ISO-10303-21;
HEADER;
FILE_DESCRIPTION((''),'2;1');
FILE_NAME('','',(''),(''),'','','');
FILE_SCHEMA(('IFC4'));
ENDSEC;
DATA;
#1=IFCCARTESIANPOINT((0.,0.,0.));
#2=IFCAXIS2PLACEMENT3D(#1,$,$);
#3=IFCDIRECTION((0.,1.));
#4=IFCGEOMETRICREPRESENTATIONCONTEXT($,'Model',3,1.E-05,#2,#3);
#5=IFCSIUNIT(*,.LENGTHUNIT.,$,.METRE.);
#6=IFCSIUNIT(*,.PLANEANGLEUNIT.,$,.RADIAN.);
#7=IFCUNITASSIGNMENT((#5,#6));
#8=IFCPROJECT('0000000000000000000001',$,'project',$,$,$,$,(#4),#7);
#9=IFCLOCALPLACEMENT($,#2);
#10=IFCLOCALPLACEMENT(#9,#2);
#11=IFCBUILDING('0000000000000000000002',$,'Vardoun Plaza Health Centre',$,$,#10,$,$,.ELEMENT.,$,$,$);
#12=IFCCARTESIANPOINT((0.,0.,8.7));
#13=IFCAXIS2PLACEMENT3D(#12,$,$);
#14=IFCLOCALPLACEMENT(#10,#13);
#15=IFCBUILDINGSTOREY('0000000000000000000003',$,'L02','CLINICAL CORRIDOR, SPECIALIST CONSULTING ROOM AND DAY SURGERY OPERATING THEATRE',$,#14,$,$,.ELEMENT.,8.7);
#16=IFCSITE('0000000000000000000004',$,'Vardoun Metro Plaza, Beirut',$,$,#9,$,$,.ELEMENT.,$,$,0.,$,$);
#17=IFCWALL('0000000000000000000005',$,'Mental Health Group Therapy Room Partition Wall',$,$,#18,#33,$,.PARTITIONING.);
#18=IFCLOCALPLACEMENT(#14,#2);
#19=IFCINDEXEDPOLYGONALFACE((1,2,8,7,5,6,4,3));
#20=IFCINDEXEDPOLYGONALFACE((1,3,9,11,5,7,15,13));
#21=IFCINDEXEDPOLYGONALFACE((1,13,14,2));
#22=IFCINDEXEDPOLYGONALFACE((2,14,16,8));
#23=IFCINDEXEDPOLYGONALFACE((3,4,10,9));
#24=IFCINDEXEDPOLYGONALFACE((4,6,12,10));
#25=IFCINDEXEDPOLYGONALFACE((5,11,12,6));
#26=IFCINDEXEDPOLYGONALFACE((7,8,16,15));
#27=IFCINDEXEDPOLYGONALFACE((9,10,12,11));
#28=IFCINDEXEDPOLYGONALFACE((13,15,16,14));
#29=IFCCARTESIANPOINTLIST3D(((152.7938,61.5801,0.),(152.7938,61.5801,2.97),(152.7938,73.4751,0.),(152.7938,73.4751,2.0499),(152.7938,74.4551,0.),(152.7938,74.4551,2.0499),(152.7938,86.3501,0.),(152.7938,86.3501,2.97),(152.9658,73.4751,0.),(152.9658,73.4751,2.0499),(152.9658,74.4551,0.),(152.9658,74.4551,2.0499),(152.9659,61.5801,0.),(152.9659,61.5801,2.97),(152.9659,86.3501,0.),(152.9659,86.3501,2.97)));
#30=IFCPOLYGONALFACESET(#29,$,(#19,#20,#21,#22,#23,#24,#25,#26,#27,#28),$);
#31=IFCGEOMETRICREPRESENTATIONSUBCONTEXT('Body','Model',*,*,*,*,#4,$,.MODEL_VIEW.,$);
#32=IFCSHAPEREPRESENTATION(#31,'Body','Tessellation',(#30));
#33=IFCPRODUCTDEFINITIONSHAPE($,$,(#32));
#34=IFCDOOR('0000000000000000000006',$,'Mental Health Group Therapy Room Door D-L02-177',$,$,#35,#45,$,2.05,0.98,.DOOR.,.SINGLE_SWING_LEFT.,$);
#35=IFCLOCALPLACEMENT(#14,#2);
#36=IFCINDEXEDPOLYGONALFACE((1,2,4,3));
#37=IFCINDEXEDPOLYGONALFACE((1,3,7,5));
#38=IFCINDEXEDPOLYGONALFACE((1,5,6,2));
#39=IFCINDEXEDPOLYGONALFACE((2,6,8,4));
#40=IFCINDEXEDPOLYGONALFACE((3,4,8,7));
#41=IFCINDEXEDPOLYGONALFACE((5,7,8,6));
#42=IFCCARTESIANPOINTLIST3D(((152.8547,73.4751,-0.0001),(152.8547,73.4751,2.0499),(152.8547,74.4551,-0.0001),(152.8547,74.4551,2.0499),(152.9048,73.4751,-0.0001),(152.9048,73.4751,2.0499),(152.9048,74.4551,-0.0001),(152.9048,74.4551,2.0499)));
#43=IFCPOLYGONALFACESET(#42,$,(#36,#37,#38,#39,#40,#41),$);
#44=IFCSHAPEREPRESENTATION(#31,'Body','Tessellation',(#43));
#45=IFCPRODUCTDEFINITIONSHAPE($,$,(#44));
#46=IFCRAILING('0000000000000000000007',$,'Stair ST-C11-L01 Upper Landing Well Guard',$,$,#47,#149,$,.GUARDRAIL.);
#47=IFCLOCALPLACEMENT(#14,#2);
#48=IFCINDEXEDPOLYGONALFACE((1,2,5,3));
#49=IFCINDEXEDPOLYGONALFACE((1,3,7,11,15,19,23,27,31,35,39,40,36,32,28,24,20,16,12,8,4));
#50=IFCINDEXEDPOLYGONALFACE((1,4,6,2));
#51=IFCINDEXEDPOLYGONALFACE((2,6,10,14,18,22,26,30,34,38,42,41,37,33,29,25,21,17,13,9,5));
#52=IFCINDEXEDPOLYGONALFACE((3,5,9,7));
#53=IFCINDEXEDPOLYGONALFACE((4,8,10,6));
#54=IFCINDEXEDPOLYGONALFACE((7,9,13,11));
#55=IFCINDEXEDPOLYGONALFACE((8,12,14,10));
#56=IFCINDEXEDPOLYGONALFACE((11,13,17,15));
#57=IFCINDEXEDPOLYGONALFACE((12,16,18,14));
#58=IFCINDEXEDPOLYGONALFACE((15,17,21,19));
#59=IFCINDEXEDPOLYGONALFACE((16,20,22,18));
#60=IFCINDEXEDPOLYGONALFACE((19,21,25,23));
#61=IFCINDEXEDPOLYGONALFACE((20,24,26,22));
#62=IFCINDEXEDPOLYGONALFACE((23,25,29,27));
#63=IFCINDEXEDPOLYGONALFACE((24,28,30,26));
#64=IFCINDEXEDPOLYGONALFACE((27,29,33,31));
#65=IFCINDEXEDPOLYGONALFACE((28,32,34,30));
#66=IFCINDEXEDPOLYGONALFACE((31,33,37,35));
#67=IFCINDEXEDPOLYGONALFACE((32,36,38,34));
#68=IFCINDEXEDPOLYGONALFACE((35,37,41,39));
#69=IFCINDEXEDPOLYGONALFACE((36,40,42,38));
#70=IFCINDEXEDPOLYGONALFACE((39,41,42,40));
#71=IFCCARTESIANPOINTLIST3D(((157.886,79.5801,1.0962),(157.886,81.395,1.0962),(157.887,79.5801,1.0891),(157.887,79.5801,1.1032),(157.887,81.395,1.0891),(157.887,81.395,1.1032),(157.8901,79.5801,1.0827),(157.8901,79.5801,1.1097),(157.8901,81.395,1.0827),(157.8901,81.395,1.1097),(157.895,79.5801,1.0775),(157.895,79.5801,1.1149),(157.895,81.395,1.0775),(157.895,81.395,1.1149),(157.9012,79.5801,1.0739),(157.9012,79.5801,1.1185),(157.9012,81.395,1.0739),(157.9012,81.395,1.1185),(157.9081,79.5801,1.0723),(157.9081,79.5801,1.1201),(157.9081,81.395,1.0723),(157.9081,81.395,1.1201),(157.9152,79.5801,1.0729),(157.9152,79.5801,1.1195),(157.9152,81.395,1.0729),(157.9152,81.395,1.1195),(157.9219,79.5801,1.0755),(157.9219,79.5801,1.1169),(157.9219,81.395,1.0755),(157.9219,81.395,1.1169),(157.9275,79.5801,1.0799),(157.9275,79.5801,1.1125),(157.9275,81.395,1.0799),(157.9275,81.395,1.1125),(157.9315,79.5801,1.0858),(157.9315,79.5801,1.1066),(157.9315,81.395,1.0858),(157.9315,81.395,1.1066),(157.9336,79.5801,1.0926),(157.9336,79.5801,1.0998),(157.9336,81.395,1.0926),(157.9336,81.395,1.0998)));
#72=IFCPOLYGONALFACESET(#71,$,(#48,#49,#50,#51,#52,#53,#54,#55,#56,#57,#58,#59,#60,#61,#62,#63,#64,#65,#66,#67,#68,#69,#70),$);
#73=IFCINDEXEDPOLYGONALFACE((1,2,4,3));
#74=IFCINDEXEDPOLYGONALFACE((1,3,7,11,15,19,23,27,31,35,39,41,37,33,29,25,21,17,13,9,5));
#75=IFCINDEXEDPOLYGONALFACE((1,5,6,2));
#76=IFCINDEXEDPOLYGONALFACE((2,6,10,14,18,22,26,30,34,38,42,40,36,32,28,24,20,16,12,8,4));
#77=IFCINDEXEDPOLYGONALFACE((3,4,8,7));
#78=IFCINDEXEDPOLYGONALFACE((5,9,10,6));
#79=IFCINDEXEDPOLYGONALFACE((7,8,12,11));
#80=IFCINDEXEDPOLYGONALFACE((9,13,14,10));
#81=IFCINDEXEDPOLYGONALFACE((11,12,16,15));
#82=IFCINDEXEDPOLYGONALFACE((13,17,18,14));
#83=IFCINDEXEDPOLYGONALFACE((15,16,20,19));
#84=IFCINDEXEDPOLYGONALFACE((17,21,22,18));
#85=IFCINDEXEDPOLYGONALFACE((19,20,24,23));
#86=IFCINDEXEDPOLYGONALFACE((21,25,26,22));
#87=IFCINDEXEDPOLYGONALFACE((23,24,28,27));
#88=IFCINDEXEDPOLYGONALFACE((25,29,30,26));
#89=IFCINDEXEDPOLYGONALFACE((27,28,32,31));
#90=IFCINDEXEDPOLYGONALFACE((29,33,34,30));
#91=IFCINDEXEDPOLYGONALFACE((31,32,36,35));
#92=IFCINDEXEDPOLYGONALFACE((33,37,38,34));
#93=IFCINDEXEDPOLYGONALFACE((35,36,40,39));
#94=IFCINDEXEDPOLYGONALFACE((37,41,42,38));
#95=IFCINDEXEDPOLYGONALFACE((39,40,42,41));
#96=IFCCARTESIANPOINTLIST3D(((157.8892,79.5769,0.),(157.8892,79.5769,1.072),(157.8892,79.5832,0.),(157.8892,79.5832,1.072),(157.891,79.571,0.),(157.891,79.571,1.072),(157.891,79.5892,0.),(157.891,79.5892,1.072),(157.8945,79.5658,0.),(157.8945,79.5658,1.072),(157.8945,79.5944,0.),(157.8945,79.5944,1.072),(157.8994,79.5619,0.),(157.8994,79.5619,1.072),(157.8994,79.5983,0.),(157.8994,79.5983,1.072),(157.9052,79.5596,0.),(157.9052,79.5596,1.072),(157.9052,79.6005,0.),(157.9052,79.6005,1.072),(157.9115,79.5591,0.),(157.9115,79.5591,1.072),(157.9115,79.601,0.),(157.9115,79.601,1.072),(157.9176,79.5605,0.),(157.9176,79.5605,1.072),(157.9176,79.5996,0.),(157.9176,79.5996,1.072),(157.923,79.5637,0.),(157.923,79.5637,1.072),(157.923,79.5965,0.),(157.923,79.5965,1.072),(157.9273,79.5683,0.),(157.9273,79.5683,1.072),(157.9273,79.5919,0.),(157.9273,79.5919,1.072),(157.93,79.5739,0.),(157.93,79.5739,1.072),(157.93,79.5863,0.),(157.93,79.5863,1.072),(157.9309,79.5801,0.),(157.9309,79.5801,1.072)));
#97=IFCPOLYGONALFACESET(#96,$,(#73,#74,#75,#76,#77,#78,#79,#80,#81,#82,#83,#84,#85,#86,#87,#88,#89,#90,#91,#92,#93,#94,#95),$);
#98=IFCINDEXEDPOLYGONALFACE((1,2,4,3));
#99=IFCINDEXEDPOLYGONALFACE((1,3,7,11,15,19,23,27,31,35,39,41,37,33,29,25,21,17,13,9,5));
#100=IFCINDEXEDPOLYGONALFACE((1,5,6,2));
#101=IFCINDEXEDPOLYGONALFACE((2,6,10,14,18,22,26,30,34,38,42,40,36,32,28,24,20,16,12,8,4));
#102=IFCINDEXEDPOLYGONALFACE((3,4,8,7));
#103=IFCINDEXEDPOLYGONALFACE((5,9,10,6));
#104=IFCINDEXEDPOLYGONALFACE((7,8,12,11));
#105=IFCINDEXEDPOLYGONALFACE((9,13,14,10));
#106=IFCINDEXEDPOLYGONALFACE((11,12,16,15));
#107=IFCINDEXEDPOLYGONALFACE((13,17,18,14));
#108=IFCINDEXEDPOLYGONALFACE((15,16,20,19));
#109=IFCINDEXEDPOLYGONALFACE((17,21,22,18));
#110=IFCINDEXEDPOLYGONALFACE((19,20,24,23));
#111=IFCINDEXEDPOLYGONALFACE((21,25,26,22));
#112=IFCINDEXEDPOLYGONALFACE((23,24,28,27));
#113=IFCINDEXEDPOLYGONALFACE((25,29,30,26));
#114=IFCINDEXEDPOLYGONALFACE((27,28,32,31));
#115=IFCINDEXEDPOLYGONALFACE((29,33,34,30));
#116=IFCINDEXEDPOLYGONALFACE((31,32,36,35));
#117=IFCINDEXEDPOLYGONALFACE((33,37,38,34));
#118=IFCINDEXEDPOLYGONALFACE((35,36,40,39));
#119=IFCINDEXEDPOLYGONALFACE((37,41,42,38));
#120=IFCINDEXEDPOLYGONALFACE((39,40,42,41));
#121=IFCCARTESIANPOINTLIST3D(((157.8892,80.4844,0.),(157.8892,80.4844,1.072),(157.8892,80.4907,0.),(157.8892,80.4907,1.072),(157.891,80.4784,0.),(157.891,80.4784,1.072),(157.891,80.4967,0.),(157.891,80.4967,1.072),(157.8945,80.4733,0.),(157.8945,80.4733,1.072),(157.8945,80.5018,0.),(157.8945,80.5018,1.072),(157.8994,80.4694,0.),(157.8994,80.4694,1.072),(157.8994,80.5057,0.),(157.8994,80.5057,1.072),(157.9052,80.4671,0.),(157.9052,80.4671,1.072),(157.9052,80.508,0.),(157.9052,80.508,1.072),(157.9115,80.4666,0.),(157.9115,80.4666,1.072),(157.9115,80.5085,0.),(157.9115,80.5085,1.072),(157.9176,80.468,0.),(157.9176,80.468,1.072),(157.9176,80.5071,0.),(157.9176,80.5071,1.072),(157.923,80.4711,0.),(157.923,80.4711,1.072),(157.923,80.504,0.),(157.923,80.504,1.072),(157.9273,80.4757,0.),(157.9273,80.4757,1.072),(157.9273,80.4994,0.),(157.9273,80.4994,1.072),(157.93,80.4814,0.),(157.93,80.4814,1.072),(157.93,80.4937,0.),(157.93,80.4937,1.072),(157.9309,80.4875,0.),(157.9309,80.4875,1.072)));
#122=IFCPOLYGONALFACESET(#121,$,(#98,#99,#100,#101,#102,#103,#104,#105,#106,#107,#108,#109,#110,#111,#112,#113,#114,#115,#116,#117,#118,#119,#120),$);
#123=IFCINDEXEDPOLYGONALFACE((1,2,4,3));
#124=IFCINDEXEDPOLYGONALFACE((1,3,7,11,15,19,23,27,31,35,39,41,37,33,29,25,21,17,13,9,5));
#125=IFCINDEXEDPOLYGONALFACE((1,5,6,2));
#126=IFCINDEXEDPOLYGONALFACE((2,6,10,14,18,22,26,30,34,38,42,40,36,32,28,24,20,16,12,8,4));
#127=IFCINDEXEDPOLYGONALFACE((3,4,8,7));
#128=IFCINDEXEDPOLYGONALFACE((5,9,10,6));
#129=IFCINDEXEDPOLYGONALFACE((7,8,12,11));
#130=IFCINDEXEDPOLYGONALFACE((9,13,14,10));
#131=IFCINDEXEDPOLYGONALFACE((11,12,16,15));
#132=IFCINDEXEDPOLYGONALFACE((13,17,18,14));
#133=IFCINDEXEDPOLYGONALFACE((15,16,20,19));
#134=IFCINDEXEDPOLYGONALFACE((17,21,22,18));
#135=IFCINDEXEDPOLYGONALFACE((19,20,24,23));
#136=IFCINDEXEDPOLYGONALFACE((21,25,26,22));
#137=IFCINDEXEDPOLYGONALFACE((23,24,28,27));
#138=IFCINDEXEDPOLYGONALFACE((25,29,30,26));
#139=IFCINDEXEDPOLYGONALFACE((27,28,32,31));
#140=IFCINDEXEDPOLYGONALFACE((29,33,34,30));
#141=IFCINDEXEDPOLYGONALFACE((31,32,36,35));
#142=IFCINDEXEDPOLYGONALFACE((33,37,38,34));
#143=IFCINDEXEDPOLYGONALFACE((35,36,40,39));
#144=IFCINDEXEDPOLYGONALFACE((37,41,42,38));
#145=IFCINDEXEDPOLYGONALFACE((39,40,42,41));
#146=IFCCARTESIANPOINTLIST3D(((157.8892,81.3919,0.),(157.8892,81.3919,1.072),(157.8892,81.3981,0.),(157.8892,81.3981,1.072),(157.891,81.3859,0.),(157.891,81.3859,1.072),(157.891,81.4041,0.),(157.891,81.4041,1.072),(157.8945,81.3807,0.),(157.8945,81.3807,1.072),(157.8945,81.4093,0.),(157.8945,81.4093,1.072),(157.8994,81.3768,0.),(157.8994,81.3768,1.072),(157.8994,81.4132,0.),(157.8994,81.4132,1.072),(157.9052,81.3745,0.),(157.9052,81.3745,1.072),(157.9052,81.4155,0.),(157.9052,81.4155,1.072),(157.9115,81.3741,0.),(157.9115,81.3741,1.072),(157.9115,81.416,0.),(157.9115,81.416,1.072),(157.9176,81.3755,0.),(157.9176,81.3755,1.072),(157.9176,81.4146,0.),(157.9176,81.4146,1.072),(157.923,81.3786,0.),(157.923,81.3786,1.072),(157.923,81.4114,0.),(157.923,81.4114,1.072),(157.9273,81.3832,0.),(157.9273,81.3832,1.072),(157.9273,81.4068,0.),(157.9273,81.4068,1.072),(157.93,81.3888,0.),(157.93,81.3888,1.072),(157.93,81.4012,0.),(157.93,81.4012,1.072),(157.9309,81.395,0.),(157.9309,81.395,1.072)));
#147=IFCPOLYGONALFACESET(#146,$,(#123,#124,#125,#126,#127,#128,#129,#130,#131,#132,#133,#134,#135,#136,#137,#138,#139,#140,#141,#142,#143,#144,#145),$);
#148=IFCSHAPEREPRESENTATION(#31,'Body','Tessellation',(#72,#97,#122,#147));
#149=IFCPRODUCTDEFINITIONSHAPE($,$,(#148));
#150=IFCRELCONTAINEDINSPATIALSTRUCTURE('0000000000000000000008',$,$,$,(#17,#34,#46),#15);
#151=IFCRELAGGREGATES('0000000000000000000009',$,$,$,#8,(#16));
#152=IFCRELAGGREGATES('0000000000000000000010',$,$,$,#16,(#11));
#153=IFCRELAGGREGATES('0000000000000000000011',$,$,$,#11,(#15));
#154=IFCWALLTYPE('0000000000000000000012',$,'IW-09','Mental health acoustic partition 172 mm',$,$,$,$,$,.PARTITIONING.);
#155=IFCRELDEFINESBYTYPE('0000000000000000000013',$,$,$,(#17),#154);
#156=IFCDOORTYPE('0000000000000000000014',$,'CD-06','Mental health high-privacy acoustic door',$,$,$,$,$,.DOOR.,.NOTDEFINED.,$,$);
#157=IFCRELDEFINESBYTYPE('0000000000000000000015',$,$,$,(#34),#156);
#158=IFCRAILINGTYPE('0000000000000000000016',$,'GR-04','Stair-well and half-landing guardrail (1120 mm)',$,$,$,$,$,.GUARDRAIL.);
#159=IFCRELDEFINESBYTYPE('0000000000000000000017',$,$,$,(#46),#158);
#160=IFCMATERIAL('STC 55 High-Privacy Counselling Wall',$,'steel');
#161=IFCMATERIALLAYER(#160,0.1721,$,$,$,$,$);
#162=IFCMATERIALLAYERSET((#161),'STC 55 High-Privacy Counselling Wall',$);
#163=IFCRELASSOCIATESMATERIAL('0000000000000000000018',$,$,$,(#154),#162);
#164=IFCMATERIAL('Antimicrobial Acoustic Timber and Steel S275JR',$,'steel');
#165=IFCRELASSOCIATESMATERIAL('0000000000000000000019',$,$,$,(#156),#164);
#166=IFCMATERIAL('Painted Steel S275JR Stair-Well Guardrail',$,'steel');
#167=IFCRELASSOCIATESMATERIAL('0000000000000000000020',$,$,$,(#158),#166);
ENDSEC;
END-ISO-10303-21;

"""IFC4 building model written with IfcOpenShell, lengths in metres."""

from ifc_helpers import new_model, si_unit, direction, frame, frame_2d, origin, origin_2d, place, context, subcontext, project, spatial, rectangle, circle, extrude, material, layer, layer_set, type_object, element, fill, save


model = new_model("IFC4")

# Units and contexts
model_context = context("Model", 3, precision=1e-05, world=origin(), true_north=direction((0.0, 1.0)))
body_context = subcontext(model_context, "Body", "Model", "MODEL_VIEW")
ifc_project = project(units=[si_unit("LENGTHUNIT", "METRE"), si_unit("PLANEANGLEUNIT", "RADIAN")], contexts=[model_context])

# Site, building, storey
site_placement = place(None, origin())
site = spatial("IfcSite", under=ifc_project, at=site_placement, Name="Vardoun Metro Plaza, Beirut", CompositionType="ELEMENT", RefElevation=0.0)
building_placement = place(site_placement, origin())
building = spatial("IfcBuilding", under=site, at=building_placement, Name="Vardoun Plaza Health Centre", CompositionType="ELEMENT")
storey_placement = place(building_placement, frame((0.0, 0.0, 8.7)))
storey = spatial("IfcBuildingStorey", under=building, at=storey_placement, Name="L02", Description="CLINICAL CORRIDOR, SPECIALIST CONSULTING ROOM AND DAY SURGERY OPERATING THEATRE", CompositionType="ELEMENT", Elevation=8.7)

# Wall, opening, door
ifc_material_1 = material(Name="STC 55 High-Privacy Counselling Wall", Category="steel")
ifc_layer_1 = layer(ifc_material_1, 0.1721)
ifc_layer_set_1 = layer_set([ifc_layer_1], Name="STC 55 High-Privacy Counselling Wall")
wall_type_1 = type_object("IfcWallType", Name="IW-09", Description="Mental health acoustic partition 172 mm", PredefinedType="PARTITIONING", material=ifc_layer_set_1)
wall_1_placement = place(storey_placement, frame((152.8799, 86.3501, 0.0), z_axis=(0.0, 0.0, 1.0), x_axis=(0.0, -1.0, 0.0)))
wall_1 = element("IfcWall", 1, at=wall_1_placement, inside=storey, type_object=wall_type_1, Name="Mental Health Group Therapy Room Partition Wall", PredefinedType="PARTITIONING", context=body_context, shape_type="SweptSolid", body=[
    extrude(rectangle(XDim=24.77, YDim=0.1721, at=frame_2d((12.385, 0.0))), origin(), (0.0, 0.0, 1.0), 2.97),
])
opening_1_placement = place(wall_1_placement, frame((11.895, 0.0, 0.0)))
opening_1 = element("IfcOpeningElement", 2, at=opening_1_placement, cuts=wall_1, PredefinedType="OPENING", context=body_context, shape_type="SweptSolid", body=[
    extrude(rectangle(XDim=0.98, YDim=2.05, at=frame_2d((0.49, 1.0249))), frame((0.0, 0.0859, 0.0), z_axis=(0.0, -1.0, 0.0), x_axis=(1.0, 0.0, 0.0)), (0.0, 0.0, 1.0), 0.1721),
])
ifc_material_2 = material(Name="Antimicrobial Acoustic Timber and Steel S275JR", Category="steel")
door_type_1 = type_object("IfcDoorType", Name="CD-06", Description="Mental health high-privacy acoustic door", OperationType="NOTDEFINED", PredefinedType="DOOR", material=ifc_material_2)
door_1_placement = place(opening_1_placement, origin())
door_1 = element("IfcDoor", 3, at=door_1_placement, inside=storey, type_object=door_type_1, Name="Mental Health Group Therapy Room Door D-L02-177", OperationType="SINGLE_SWING_LEFT", OverallHeight=2.05, OverallWidth=0.98, PredefinedType="DOOR", context=body_context, shape_type="SweptSolid", body=[
    extrude(rectangle(XDim=0.98, YDim=2.05, at=frame_2d((0.49, 1.0249))), frame((0.0, 0.0249, 0.0), z_axis=(0.0, -1.0, 0.0), x_axis=(1.0, 0.0, 0.0)), (0.0, 0.0, 1.0), 0.05),
])
fill(opening_1, door_1)

# Railing
ifc_material_3 = material(Name="Painted Steel S275JR Stair-Well Guardrail", Category="steel")
railing_type = type_object("IfcRailingType", Name="GR-04", Description="Stair-well and half-landing guardrail (1120 mm)", PredefinedType="GUARDRAIL", material=ifc_material_3)
railing_placement = place(storey_placement, frame((157.9099, 79.5801, 0.0)))
element("IfcRailing", 4, at=railing_placement, inside=storey, type_object=railing_type, Name="Stair ST-C11-L01 Upper Landing Well Guard", PredefinedType="GUARDRAIL", context=body_context, shape_type="SweptSolid", body=[
    extrude(circle(Radius=0.0239, at=origin_2d()), frame((0.0, 0.0, 1.0962), z_axis=(0.0, 1.0, 0.0), x_axis=(-1.0, 0.0, 0.0)), (0.0, 0.0, 1.0), 1.8149),
    extrude(circle(Radius=0.021, at=origin_2d()), origin(), (0.0, 0.0, 1.0), 1.072),
    extrude(circle(Radius=0.021, at=origin_2d()), frame((0.0, 0.9075, 0.0)), (0.0, 0.0, 1.0), 1.072),
    extrude(circle(Radius=0.021, at=origin_2d()), frame((0.0, 1.8149, 0.0)), (0.0, 0.0, 1.0), 1.072),
])

save(model, "model.ifc")
